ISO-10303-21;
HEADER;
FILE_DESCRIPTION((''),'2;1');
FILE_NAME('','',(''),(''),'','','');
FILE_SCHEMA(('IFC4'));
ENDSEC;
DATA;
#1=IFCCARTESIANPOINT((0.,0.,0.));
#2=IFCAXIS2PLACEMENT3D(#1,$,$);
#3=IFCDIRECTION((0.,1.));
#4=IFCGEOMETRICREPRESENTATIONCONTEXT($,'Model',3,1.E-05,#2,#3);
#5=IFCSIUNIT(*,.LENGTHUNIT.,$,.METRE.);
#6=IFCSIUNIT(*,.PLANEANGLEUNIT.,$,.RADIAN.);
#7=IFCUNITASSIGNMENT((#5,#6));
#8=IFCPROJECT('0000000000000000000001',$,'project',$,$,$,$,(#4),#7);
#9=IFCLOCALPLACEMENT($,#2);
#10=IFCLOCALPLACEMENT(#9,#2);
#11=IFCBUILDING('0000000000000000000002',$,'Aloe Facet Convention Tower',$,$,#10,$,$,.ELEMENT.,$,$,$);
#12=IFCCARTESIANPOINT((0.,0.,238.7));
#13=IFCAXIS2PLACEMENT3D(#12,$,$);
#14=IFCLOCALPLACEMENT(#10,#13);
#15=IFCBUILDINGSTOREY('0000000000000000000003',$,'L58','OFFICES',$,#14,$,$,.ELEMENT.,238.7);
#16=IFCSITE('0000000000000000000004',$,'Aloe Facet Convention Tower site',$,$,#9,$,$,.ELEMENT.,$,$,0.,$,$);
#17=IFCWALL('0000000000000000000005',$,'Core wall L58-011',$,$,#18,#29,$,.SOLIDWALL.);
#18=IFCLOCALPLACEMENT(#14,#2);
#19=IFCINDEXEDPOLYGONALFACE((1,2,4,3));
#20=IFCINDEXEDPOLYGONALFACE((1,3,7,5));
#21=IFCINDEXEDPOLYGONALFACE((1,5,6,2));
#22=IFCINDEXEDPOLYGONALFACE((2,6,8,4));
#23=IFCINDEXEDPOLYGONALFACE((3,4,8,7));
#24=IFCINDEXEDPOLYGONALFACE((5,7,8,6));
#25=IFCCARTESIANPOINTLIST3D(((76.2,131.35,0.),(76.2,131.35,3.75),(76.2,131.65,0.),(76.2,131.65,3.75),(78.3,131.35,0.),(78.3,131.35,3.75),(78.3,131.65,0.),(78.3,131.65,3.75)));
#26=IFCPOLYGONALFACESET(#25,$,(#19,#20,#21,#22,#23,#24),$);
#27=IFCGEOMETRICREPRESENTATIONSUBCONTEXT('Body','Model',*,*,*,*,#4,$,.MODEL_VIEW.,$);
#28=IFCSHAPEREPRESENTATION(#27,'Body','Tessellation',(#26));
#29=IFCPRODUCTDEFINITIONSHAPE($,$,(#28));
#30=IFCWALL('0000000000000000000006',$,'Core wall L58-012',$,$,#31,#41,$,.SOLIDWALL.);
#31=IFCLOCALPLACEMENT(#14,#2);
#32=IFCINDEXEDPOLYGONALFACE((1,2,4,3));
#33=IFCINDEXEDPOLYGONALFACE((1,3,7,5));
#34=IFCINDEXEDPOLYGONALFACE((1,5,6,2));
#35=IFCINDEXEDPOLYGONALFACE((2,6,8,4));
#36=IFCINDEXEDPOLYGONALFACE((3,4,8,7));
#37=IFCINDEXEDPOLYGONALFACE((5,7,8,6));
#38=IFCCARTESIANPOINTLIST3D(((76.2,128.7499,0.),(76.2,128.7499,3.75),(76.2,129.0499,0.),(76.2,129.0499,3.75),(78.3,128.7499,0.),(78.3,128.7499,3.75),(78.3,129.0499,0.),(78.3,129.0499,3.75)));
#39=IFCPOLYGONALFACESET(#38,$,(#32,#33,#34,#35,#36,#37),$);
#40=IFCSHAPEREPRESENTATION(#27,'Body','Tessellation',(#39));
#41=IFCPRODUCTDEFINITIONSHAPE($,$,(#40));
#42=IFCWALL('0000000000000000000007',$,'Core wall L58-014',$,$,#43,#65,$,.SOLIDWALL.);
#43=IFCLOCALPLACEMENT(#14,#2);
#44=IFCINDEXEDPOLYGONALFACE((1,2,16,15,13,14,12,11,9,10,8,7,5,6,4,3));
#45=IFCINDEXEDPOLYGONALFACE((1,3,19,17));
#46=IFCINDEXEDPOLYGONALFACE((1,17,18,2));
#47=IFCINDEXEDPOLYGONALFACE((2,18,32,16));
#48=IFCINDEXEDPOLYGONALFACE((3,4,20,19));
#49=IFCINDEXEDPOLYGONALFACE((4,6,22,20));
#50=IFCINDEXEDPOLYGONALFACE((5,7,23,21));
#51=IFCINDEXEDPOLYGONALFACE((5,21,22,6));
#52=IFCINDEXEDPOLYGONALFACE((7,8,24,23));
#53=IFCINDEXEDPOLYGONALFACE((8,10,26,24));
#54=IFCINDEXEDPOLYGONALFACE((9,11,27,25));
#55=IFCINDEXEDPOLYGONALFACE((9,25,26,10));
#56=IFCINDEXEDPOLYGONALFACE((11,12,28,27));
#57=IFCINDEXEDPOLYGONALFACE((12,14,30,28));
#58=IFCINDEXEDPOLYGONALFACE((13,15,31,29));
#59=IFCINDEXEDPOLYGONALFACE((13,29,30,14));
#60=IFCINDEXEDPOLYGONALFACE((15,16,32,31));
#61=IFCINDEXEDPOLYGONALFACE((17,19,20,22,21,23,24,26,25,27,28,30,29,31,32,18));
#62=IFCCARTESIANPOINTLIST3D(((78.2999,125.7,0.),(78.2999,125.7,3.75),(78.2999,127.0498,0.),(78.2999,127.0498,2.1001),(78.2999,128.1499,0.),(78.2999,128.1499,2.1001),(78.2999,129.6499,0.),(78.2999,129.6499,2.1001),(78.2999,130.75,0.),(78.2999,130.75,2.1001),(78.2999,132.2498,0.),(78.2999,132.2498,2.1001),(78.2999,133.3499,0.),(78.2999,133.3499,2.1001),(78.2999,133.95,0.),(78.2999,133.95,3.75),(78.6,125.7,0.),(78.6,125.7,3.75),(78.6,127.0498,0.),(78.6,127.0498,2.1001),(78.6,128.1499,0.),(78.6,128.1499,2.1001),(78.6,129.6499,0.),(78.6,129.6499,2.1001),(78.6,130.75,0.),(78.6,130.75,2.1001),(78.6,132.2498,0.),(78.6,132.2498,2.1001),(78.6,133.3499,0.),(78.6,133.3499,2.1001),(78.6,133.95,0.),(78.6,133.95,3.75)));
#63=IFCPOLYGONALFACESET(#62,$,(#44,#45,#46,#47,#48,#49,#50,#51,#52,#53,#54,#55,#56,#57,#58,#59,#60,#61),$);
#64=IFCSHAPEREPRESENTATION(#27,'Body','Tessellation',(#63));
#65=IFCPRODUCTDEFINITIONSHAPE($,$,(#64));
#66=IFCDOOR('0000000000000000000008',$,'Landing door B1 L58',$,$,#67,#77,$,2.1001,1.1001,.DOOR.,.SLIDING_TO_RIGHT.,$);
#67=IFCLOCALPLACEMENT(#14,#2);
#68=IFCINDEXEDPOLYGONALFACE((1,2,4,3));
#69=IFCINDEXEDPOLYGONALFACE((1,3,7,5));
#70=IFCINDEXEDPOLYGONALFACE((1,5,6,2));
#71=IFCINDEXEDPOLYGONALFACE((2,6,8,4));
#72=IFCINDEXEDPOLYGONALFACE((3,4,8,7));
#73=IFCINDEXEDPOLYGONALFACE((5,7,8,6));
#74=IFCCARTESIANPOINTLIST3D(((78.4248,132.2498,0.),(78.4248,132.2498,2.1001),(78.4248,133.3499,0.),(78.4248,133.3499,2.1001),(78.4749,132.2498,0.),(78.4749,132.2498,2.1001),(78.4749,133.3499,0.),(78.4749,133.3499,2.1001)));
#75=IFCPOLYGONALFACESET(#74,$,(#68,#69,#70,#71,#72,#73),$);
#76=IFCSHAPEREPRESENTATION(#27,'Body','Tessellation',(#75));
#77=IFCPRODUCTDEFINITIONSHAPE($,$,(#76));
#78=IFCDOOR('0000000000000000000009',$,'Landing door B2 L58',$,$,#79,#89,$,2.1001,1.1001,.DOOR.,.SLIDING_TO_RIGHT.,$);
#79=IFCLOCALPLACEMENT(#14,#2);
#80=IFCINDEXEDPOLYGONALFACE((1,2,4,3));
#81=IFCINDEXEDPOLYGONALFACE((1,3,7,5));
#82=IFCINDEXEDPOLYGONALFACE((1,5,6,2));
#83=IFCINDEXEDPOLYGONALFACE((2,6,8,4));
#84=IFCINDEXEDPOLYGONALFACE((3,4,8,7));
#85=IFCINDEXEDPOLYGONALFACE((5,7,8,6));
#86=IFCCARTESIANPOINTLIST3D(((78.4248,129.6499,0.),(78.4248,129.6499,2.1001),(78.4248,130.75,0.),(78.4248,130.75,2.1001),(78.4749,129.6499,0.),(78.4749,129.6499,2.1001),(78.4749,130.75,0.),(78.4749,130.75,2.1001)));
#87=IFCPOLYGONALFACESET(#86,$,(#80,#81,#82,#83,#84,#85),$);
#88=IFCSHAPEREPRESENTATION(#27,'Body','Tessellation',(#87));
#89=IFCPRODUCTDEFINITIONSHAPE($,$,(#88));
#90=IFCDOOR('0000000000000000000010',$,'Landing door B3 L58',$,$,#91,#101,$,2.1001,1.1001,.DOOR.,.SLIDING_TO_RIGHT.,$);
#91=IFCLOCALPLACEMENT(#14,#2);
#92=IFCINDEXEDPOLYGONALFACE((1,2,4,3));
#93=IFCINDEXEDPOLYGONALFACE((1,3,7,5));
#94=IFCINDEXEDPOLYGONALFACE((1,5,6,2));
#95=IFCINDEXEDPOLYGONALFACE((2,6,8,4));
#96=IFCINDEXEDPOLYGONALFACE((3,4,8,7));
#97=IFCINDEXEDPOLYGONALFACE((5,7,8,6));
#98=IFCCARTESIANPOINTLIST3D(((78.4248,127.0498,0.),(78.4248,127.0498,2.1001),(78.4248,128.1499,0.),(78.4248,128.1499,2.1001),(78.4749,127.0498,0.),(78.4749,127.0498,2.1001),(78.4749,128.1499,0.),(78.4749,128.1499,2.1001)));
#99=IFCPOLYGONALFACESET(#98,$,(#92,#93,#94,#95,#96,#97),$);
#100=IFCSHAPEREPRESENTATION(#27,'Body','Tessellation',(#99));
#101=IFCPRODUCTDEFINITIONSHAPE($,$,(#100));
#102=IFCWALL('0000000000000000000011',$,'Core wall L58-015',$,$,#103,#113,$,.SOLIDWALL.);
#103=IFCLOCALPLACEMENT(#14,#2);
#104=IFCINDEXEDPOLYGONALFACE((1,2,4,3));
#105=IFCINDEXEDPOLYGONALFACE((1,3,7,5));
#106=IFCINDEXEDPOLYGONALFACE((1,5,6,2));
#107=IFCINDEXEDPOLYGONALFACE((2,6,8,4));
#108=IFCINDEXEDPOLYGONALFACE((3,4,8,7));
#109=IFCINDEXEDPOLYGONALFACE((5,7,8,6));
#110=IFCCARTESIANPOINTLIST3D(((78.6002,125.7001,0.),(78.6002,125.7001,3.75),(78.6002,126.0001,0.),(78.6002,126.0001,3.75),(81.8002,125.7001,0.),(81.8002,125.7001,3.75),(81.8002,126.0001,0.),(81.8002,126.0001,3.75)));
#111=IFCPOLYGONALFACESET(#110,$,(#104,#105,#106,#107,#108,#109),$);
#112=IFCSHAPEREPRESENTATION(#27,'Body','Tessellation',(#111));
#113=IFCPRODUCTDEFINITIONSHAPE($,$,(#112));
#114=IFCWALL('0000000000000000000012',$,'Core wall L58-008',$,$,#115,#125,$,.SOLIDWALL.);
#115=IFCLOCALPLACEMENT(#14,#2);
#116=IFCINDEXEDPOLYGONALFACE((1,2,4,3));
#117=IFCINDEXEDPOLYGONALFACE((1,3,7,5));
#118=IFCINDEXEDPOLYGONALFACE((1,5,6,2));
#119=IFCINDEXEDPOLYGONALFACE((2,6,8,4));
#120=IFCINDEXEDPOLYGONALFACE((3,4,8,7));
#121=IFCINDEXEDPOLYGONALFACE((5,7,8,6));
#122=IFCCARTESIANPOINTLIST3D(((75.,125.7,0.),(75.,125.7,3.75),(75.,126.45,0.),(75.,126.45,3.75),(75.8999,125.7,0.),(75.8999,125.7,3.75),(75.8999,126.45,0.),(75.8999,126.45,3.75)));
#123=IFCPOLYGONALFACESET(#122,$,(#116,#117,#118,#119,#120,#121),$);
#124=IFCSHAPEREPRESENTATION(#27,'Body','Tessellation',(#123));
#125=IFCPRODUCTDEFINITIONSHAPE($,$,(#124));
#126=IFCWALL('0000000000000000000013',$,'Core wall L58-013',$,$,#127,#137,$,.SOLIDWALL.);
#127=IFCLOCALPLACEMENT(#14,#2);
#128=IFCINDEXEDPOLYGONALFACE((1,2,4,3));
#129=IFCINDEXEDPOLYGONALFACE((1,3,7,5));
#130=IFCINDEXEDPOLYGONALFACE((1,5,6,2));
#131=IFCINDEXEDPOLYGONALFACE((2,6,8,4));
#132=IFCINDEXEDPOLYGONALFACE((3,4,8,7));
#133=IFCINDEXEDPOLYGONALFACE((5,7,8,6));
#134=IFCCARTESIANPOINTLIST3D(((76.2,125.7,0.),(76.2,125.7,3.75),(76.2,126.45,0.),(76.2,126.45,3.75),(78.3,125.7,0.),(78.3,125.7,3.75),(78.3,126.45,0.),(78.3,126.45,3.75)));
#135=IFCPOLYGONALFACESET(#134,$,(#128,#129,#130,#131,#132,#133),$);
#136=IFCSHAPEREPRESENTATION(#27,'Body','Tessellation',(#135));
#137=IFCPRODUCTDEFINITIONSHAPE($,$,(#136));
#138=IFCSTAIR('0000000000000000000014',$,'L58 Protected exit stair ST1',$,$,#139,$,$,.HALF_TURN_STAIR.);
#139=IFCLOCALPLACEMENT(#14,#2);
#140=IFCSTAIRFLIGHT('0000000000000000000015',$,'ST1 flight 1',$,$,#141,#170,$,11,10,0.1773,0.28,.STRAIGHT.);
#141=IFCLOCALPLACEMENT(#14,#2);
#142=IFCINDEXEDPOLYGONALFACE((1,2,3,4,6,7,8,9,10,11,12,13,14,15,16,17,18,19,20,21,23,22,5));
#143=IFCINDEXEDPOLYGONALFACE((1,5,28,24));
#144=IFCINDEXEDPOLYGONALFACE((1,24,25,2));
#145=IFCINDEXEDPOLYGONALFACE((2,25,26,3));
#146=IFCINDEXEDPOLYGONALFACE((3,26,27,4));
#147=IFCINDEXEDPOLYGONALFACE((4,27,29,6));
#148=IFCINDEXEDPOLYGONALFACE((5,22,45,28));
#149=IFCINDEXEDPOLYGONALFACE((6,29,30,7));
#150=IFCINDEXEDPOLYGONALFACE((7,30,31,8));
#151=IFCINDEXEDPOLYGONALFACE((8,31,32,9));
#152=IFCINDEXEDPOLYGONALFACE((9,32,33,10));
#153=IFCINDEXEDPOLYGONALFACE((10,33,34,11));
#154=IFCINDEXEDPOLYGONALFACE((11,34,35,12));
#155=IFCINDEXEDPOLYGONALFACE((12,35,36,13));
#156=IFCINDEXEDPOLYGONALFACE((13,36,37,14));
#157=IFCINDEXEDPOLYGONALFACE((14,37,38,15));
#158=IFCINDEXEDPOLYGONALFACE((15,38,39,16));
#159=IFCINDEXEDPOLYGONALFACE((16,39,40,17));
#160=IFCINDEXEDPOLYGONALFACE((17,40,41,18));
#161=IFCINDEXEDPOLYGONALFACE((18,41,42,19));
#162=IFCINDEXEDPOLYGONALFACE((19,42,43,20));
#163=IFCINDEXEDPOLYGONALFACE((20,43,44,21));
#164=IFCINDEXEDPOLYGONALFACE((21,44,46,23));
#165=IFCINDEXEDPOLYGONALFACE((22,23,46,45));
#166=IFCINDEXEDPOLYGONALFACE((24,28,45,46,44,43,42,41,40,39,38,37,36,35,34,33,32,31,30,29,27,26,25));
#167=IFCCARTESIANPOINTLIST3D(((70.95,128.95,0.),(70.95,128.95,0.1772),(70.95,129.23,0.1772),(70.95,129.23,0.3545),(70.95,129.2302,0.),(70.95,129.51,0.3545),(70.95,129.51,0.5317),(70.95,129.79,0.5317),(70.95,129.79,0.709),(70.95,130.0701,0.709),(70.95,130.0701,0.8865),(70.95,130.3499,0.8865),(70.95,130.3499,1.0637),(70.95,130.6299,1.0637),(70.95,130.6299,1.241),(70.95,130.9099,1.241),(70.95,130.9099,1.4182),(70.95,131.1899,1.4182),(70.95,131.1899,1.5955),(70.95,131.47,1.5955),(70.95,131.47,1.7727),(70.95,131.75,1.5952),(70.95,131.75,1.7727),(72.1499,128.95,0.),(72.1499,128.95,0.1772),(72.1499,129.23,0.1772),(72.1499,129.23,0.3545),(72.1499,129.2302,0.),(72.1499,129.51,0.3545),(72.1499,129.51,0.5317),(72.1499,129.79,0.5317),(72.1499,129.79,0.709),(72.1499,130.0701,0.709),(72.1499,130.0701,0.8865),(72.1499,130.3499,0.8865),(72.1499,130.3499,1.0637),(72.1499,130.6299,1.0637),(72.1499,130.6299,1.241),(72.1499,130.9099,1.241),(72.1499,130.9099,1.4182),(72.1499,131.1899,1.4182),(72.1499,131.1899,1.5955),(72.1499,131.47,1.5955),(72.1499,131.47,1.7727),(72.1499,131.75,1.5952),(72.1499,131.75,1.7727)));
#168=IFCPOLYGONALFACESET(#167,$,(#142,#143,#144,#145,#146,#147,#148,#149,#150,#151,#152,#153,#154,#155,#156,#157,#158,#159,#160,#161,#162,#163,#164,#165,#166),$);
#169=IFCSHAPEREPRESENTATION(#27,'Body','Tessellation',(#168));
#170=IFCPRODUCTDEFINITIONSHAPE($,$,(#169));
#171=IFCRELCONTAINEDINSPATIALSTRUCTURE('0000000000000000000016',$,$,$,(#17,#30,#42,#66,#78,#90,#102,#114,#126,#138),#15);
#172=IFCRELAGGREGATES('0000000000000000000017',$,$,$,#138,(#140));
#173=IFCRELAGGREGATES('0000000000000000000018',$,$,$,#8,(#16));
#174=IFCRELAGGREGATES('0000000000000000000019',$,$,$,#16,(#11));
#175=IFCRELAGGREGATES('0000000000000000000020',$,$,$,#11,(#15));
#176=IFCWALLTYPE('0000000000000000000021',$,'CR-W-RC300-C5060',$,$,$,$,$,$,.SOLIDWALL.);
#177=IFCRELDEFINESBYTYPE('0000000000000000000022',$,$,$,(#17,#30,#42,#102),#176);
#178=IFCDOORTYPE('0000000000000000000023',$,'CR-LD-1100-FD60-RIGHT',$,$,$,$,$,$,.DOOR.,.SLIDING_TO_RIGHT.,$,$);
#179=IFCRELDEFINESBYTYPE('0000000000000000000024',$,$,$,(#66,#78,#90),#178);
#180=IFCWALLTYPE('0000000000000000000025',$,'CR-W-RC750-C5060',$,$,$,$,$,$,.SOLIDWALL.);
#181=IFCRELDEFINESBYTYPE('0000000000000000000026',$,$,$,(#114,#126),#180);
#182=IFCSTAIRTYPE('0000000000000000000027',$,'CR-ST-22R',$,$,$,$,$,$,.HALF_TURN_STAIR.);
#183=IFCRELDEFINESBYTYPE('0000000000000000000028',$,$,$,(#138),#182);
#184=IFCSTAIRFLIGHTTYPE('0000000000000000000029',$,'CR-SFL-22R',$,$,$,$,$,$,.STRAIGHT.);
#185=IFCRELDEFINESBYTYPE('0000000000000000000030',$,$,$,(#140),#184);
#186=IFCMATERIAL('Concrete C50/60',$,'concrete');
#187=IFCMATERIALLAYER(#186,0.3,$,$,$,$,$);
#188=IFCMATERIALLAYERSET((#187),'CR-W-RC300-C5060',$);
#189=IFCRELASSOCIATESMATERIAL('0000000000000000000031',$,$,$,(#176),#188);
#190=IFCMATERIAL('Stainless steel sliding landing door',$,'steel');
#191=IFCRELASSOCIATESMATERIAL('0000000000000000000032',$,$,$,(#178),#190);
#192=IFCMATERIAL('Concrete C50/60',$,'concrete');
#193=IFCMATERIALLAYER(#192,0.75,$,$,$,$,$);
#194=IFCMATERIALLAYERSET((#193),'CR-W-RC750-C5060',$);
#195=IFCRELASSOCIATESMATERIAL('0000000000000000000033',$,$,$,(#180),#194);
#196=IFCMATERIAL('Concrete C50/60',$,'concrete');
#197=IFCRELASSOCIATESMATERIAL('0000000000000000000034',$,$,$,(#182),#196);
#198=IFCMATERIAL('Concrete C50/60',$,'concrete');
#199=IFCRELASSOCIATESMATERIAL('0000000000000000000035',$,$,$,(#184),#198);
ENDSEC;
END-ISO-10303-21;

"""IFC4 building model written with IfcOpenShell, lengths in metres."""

from ifc_helpers import new_model, si_unit, direction, frame, frame_2d, origin, place, context, subcontext, project, spatial, polyline, rectangle, outline, extrude, material, layer, layer_set, type_object, element, fill, aggregate, save


model = new_model("IFC4")

# Units and contexts
model_context = context("Model", 3, precision=1e-05, world=origin(), true_north=direction((0.0, 1.0)))
body_context = subcontext(model_context, "Body", "Model", "MODEL_VIEW")
ifc_project = project(units=[si_unit("LENGTHUNIT", "METRE"), si_unit("PLANEANGLEUNIT", "RADIAN")], contexts=[model_context])

# Site, building, storey
site_placement = place(None, origin())
site = spatial("IfcSite", under=ifc_project, at=site_placement, Name="Aloe Facet Convention Tower site", CompositionType="ELEMENT", RefElevation=0.0)
building_placement = place(site_placement, origin())
building = spatial("IfcBuilding", under=site, at=building_placement, Name="Aloe Facet Convention Tower", CompositionType="ELEMENT")
storey_placement = place(building_placement, frame((0.0, 0.0, 238.7)))
storey = spatial("IfcBuildingStorey", under=building, at=storey_placement, Name="L58", Description="OFFICES", CompositionType="ELEMENT", Elevation=238.7)

# Shared definitions
ifc_material_1 = material(Name="Concrete C50/60", Category="concrete")
ifc_layer_1 = layer(ifc_material_1, 0.3)
ifc_layer_set_1 = layer_set([ifc_layer_1], Name="CR-W-RC300-C5060")
wall_type_1 = type_object("IfcWallType", Name="CR-W-RC300-C5060", PredefinedType="SOLIDWALL", material=ifc_layer_set_1)

# Walls
for number, where, z_axis, x_axis, name in (
    (1, (76.2, 131.5, 0.0), (0.0, 0.0, 1.0), (1.0, 0.0, 0.0), "Core wall L58-011"),
    (2, (76.2, 128.8999, 0.0), (0.0, 0.0, 1.0), (1.0, 0.0, 0.0), "Core wall L58-012"),
):
    element("IfcWall", number, at=place(storey_placement, frame(where, z_axis=z_axis, x_axis=x_axis)), inside=storey, type_object=wall_type_1, Name=name, PredefinedType="SOLIDWALL", context=body_context, shape_type="SweptSolid", body=[
        extrude(rectangle(XDim=2.1001, YDim=0.3, at=frame_2d((1.05, 0.0))), origin(), (0.0, 0.0, 1.0), 3.75),
    ])

# Wall, openings, doors
wall_1_placement = place(storey_placement, frame((78.45, 133.95, 0.0), z_axis=(0.0, 0.0, 1.0), x_axis=(0.0, -1.0, 0.0)))
wall_1 = element("IfcWall", 3, at=wall_1_placement, inside=storey, type_object=wall_type_1, Name="Core wall L58-014", PredefinedType="SOLIDWALL", context=body_context, shape_type="SweptSolid", body=[
    extrude(rectangle(XDim=8.25, YDim=0.3, at=frame_2d((4.125, 0.0))), origin(), (0.0, 0.0, 1.0), 3.75),
])
opening_1_placement = place(wall_1_placement, frame((0.6001, 0.0, 0.0)))
opening_1 = element("IfcOpeningElement", 4, at=opening_1_placement, cuts=wall_1, PredefinedType="OPENING", context=body_context, shape_type="SweptSolid", body=[
    extrude(rectangle(XDim=1.1001, YDim=2.1001, at=frame_2d((0.55, 1.05))), frame((0.0, 0.1602, 0.0), z_axis=(0.0, -1.0, 0.0), x_axis=(1.0, 0.0, 0.0)), (0.0, 0.0, 1.0), 0.3201),
])
opening_2_placement = place(wall_1_placement, frame((3.2, 0.0, 0.0)))
opening_2 = element("IfcOpeningElement", 5, at=opening_2_placement, cuts=wall_1, PredefinedType="OPENING", context=body_context, shape_type="SweptSolid", body=[
    extrude(rectangle(XDim=1.1001, YDim=2.1001, at=frame_2d((0.55, 1.05))), frame((0.0, 0.1602, 0.0), z_axis=(0.0, -1.0, 0.0), x_axis=(1.0, 0.0, 0.0)), (0.0, 0.0, 1.0), 0.3201),
])
opening_3_placement = place(wall_1_placement, frame((5.8, 0.0, 0.0)))
opening_3 = element("IfcOpeningElement", 6, at=opening_3_placement, cuts=wall_1, PredefinedType="OPENING", context=body_context, shape_type="SweptSolid", body=[
    extrude(rectangle(XDim=1.1001, YDim=2.1001, at=frame_2d((0.55, 1.05))), frame((0.0, 0.1602, 0.0), z_axis=(0.0, -1.0, 0.0), x_axis=(1.0, 0.0, 0.0)), (0.0, 0.0, 1.0), 0.3201),
])
ifc_material_2 = material(Name="Stainless steel sliding landing door", Category="steel")
door_type_1 = type_object("IfcDoorType", Name="CR-LD-1100-FD60-RIGHT", OperationType="SLIDING_TO_RIGHT", PredefinedType="DOOR", material=ifc_material_2)
door_1_placement = place(opening_1_placement, origin())
door_1 = element("IfcDoor", 7, at=door_1_placement, inside=storey, type_object=door_type_1, Name="Landing door B1 L58", OperationType="SLIDING_TO_RIGHT", OverallHeight=2.1001, OverallWidth=1.1001, PredefinedType="DOOR", context=body_context, shape_type="SweptSolid", body=[
    extrude(rectangle(XDim=1.1001, YDim=2.1001, at=frame_2d((0.55, 1.05))), frame((0.0, 0.0249, 0.0), z_axis=(0.0, -1.0, 0.0), x_axis=(1.0, 0.0, 0.0)), (0.0, 0.0, 1.0), 0.05),
])
fill(opening_1, door_1)
door_2_placement = place(opening_2_placement, origin())
door_2 = element("IfcDoor", 8, at=door_2_placement, inside=storey, type_object=door_type_1, Name="Landing door B2 L58", OperationType="SLIDING_TO_RIGHT", OverallHeight=2.1001, OverallWidth=1.1001, PredefinedType="DOOR", context=body_context, shape_type="SweptSolid", body=[
    extrude(rectangle(XDim=1.1001, YDim=2.1001, at=frame_2d((0.55, 1.05))), frame((0.0, 0.0249, 0.0), z_axis=(0.0, -1.0, 0.0), x_axis=(1.0, 0.0, 0.0)), (0.0, 0.0, 1.0), 0.05),
])
fill(opening_2, door_2)
door_3_placement = place(opening_3_placement, origin())
door_3 = element("IfcDoor", 9, at=door_3_placement, inside=storey, type_object=door_type_1, Name="Landing door B3 L58", OperationType="SLIDING_TO_RIGHT", OverallHeight=2.1001, OverallWidth=1.1001, PredefinedType="DOOR", context=body_context, shape_type="SweptSolid", body=[
    extrude(rectangle(XDim=1.1001, YDim=2.1001, at=frame_2d((0.55, 1.05))), frame((0.0, 0.0249, 0.0), z_axis=(0.0, -1.0, 0.0), x_axis=(1.0, 0.0, 0.0)), (0.0, 0.0, 1.0), 0.05),
])
fill(opening_3, door_3)

# Walls
wall_2_placement = place(storey_placement, frame((78.6001, 125.8501, 0.0), z_axis=(0.0, 0.0, 1.0), x_axis=(1.0, 0.0, 0.0)))
element("IfcWall", 10, at=wall_2_placement, inside=storey, type_object=wall_type_1, Name="Core wall L58-015", PredefinedType="SOLIDWALL", context=body_context, shape_type="SweptSolid", body=[
    extrude(rectangle(XDim=3.2, YDim=0.3, at=frame_2d((1.6001, 0.0))), origin(), (0.0, 0.0, 1.0), 3.75),
])
ifc_material_3 = material(Name="Concrete C50/60", Category="concrete")
ifc_layer_2 = layer(ifc_material_3, 0.75)
ifc_layer_set_2 = layer_set([ifc_layer_2], Name="CR-W-RC750-C5060")
wall_type_2 = type_object("IfcWallType", Name="CR-W-RC750-C5060", PredefinedType="SOLIDWALL", material=ifc_layer_set_2)
wall_3_placement = place(storey_placement, frame((75.0, 126.075, 0.0), z_axis=(0.0, 0.0, 1.0), x_axis=(1.0, 0.0, 0.0)))
element("IfcWall", 11, at=wall_3_placement, inside=storey, type_object=wall_type_2, Name="Core wall L58-008", PredefinedType="SOLIDWALL", context=body_context, shape_type="SweptSolid", body=[
    extrude(rectangle(XDim=0.8999, YDim=0.75, at=frame_2d((0.45, 0.0))), origin(), (0.0, 0.0, 1.0), 3.75),
])
wall_4_placement = place(storey_placement, frame((76.2, 126.075, 0.0), z_axis=(0.0, 0.0, 1.0), x_axis=(1.0, 0.0, 0.0)))
element("IfcWall", 12, at=wall_4_placement, inside=storey, type_object=wall_type_2, Name="Core wall L58-013", PredefinedType="SOLIDWALL", context=body_context, shape_type="SweptSolid", body=[
    extrude(rectangle(XDim=2.1001, YDim=0.75, at=frame_2d((1.05, 0.0))), origin(), (0.0, 0.0, 1.0), 3.75),
])

# Stair, stair flight
ifc_material_4 = material(Name="Concrete C50/60", Category="concrete")
stair_type = type_object("IfcStairType", Name="CR-ST-22R", PredefinedType="HALF_TURN_STAIR", material=ifc_material_4)
stair_placement = place(storey_placement, origin())
stair = element("IfcStair", 13, at=stair_placement, inside=storey, type_object=stair_type, Name="L58 Protected exit stair ST1", PredefinedType="HALF_TURN_STAIR")
ifc_material_5 = material(Name="Concrete C50/60", Category="concrete")
stair_flight_type = type_object("IfcStairFlightType", Name="CR-SFL-22R", PredefinedType="STRAIGHT", material=ifc_material_5)
stair_flight_placement = place(storey_placement, frame((71.55, 128.95, 0.0), z_axis=(0.0, 0.0, 1.0), x_axis=(0.0, 1.0, 0.0)))
stair_flight = element("IfcStairFlight", 14, at=stair_flight_placement, type_object=stair_flight_type, Name="ST1 flight 1", NumberOfRisers=11, NumberOfTreads=10, PredefinedType="STRAIGHT", RiserHeight=0.1773, TreadLength=0.28, context=body_context, shape_type="SweptSolid", body=[
    extrude(outline(polyline([(0.0, 0.0), (0.0, 0.1772), (0.28, 0.1772), (0.28, 0.3545), (0.5601, 0.3545), (0.5601, 0.5317), (0.8401, 0.5317), (0.8401, 0.709), (1.1201, 0.709), (1.1201, 0.8865), (1.3999, 0.8865), (1.3999, 1.0637), (1.6799, 1.0637), (1.6799, 1.241), (1.96, 1.241), (1.96, 1.4182), (2.24, 1.4182), (2.24, 1.5955), (2.52, 1.5955), (2.52, 1.7727), (2.8, 1.7727), (2.8, 1.95), (2.8, 1.5952), (0.2803, 0.0), (0.0, 0.0)])), frame((0.0, 0.6001, 0.0), z_axis=(0.0, -1.0, 0.0), x_axis=(1.0, 0.0, 0.0)), (0.0, 0.0, 1.0), 1.2),
])
aggregate(stair, [stair_flight])

save(model, "model.ifc")
